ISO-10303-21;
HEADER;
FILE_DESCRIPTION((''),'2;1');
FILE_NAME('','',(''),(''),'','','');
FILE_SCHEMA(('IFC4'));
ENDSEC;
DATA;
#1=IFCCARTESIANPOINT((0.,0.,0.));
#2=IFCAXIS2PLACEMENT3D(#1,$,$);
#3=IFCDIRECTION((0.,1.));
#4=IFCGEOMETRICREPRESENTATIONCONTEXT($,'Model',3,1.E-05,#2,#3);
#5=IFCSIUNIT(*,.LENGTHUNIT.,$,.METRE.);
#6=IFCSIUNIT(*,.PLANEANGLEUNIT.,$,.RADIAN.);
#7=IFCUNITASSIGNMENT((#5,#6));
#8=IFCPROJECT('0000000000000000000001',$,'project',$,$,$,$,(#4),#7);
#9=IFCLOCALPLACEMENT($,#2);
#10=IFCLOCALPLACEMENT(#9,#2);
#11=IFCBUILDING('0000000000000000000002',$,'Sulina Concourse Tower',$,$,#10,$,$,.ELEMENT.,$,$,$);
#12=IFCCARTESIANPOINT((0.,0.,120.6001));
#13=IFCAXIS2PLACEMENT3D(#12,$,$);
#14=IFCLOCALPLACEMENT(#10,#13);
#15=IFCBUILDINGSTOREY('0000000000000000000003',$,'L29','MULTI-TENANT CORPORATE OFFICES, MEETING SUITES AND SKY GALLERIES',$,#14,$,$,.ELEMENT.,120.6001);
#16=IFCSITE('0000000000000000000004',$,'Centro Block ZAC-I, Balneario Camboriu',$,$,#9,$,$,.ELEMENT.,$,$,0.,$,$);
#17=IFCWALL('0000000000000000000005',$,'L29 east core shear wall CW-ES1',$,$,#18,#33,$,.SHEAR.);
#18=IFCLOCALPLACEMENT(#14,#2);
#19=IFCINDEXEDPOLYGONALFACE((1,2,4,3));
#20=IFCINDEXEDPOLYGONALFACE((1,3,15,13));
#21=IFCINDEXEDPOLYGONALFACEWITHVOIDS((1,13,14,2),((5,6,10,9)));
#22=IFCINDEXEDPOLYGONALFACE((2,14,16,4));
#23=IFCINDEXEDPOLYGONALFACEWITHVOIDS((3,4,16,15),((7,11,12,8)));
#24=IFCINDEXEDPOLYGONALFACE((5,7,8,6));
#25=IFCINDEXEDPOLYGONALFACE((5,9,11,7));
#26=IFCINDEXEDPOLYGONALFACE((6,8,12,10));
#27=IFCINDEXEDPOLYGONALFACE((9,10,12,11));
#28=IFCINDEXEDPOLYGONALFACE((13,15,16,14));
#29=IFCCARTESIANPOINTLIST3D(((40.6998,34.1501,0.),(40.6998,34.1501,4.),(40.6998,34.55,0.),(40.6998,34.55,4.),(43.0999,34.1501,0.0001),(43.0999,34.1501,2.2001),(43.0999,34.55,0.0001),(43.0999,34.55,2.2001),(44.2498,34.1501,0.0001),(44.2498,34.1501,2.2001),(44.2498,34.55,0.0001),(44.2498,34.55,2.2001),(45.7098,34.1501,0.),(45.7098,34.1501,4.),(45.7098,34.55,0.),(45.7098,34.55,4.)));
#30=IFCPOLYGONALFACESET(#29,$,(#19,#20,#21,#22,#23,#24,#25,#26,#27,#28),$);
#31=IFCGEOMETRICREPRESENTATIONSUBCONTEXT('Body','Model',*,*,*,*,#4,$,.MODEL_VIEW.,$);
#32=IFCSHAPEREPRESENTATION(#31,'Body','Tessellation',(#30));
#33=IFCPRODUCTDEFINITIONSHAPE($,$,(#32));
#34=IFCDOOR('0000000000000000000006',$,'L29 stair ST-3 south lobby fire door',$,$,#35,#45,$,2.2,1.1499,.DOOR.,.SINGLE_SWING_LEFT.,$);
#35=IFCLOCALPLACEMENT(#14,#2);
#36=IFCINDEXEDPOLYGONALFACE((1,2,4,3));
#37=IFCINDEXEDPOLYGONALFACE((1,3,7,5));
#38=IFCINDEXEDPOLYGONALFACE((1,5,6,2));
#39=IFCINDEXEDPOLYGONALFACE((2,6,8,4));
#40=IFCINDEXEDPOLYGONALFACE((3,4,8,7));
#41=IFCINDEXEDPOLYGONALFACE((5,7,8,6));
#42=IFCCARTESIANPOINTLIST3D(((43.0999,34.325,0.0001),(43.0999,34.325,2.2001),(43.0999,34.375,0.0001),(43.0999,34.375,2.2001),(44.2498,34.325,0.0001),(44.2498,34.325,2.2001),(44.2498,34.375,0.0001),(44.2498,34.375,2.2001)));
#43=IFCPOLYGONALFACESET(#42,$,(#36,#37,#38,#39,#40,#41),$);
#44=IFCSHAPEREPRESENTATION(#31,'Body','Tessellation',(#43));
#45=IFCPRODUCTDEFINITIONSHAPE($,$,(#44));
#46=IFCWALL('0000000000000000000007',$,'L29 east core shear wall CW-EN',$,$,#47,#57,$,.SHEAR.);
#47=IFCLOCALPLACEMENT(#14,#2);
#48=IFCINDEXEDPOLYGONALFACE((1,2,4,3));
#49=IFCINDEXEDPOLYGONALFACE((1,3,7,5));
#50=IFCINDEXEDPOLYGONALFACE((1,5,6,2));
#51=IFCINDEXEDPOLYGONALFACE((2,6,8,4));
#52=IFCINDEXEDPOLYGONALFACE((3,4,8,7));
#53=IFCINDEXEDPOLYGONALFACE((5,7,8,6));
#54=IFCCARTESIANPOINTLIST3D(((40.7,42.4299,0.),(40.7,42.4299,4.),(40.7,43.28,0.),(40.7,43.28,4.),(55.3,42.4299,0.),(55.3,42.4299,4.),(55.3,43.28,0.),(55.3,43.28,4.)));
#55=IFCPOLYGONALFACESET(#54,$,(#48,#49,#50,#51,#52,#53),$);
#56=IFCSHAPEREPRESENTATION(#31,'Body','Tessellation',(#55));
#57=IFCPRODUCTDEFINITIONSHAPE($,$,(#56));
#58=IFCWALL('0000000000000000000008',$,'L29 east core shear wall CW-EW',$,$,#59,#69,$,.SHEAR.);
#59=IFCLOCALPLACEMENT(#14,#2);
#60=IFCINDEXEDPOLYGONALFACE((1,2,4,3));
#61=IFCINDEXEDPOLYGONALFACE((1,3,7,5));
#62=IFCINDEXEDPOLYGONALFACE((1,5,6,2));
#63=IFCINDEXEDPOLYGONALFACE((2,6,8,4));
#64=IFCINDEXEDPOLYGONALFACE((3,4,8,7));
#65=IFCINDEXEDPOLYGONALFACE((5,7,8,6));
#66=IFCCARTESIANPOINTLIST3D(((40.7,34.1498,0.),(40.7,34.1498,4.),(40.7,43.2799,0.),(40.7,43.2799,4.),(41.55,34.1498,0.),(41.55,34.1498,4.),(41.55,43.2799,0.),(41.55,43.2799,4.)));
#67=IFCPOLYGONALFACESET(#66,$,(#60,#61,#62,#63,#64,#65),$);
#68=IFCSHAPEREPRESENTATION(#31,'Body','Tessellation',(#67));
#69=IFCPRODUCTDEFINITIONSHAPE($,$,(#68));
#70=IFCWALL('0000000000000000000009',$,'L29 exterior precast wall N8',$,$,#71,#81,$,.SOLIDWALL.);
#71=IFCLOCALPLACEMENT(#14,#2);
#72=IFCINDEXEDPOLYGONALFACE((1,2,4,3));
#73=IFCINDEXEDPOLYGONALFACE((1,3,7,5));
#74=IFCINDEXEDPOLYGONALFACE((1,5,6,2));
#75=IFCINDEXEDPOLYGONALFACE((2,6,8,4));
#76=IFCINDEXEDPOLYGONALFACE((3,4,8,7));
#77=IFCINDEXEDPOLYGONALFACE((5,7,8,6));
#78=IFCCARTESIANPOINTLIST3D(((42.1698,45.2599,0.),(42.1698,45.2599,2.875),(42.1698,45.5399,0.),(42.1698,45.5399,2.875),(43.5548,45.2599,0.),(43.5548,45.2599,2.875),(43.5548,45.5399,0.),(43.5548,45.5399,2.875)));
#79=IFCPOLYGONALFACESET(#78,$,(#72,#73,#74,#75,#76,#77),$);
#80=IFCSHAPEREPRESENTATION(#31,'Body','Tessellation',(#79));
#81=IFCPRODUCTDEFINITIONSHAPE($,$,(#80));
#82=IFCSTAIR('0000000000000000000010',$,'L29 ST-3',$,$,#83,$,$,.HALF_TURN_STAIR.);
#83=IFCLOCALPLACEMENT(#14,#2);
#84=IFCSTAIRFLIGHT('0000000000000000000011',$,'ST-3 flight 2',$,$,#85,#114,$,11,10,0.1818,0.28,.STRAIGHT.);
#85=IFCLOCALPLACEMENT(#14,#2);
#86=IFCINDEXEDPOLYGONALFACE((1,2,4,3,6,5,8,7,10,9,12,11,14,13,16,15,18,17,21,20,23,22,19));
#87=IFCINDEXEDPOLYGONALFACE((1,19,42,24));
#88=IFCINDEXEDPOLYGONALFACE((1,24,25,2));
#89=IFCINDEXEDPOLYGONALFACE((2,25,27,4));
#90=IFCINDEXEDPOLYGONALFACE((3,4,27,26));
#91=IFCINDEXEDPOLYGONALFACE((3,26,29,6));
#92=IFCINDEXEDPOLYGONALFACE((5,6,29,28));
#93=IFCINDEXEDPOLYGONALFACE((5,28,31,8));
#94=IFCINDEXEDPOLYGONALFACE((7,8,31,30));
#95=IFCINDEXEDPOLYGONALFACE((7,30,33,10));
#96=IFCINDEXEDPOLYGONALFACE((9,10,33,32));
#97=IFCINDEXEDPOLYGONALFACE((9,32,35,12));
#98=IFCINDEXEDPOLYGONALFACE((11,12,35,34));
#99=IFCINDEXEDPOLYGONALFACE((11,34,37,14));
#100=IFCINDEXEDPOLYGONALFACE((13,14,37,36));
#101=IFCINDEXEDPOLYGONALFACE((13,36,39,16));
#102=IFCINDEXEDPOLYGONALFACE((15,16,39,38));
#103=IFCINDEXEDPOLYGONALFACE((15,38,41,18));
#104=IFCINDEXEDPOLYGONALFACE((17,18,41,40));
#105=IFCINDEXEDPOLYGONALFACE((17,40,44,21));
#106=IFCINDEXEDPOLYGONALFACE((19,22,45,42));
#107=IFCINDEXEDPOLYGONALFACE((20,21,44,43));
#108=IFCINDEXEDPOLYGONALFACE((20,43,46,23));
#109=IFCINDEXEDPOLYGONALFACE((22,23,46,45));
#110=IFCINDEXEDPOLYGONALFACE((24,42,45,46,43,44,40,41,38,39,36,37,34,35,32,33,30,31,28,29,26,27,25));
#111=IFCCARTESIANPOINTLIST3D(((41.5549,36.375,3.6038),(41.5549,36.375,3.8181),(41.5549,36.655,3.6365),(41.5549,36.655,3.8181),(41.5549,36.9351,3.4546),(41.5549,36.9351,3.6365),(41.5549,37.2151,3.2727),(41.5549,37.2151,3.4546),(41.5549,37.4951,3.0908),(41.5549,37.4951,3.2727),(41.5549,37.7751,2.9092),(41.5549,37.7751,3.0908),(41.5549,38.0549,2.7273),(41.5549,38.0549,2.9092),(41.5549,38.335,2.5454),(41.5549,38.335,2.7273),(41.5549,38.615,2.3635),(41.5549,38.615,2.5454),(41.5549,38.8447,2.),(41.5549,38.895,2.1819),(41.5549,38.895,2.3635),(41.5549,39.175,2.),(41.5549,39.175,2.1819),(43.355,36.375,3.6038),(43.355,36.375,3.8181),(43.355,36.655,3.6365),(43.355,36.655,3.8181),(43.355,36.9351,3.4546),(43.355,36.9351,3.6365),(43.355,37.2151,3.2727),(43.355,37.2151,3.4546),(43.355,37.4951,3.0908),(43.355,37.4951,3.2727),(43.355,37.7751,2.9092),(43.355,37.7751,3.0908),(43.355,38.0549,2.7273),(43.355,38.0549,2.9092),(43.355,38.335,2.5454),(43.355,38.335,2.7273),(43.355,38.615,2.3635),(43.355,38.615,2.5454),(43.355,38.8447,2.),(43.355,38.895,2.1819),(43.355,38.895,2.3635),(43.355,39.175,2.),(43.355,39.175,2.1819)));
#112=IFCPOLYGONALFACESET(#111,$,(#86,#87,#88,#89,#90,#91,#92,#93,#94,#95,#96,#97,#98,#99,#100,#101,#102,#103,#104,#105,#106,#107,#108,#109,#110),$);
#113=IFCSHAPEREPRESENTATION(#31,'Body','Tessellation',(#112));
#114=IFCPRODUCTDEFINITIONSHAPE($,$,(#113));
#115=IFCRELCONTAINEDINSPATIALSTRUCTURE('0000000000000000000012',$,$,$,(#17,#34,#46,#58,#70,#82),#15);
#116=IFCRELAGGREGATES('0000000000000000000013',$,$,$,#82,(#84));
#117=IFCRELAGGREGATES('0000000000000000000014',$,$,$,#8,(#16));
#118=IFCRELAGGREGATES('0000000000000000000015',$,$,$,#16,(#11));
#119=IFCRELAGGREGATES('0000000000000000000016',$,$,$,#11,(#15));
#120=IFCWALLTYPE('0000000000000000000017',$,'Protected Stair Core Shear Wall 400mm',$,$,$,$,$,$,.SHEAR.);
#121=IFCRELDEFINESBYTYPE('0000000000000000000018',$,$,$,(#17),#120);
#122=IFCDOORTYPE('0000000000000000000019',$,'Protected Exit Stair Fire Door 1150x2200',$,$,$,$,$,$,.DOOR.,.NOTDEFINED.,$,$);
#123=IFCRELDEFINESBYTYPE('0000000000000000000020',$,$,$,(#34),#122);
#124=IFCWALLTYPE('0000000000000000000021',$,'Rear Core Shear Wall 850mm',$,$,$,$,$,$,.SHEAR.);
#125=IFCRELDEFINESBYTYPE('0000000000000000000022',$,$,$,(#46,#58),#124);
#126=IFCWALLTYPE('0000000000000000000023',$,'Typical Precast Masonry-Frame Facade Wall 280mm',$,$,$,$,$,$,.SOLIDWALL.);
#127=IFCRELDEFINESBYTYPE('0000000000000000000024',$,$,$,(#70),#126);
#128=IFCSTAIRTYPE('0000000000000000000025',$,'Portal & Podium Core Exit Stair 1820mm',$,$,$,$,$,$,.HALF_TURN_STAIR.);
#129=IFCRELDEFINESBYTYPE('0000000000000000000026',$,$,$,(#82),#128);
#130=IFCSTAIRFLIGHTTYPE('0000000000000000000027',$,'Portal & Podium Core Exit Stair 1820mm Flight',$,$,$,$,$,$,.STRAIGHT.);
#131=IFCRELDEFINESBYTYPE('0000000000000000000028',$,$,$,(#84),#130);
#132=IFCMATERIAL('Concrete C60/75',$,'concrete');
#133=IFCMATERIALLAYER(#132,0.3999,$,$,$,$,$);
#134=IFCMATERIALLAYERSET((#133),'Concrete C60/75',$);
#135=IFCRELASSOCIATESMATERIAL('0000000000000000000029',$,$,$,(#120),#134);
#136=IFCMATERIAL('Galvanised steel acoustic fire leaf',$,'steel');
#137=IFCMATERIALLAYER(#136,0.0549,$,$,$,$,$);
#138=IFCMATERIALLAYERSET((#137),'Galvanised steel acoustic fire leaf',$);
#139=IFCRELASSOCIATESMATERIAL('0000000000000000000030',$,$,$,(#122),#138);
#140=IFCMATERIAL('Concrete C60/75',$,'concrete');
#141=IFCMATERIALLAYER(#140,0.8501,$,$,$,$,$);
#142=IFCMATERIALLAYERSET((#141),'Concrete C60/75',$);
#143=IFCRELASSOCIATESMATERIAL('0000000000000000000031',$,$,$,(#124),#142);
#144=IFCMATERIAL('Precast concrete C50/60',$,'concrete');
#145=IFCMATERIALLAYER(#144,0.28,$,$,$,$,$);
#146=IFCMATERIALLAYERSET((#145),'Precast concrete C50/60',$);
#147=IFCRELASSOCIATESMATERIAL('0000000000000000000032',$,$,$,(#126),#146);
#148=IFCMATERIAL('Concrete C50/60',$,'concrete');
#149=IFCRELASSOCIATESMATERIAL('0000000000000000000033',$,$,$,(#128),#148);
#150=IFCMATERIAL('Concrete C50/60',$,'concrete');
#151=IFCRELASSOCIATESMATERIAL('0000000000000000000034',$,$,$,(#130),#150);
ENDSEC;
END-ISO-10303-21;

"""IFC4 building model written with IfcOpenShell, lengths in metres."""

from ifc_helpers import new_model, si_unit, direction, frame, frame_2d, origin, place, context, subcontext, project, spatial, polyline, rectangle, outline, extrude, material, layer, layer_set, type_object, element, fill, aggregate, save


model = new_model("IFC4")

# Units and contexts
model_context = context("Model", 3, precision=1e-05, world=origin(), true_north=direction((0.0, 1.0)))
body_context = subcontext(model_context, "Body", "Model", "MODEL_VIEW")
ifc_project = project(units=[si_unit("LENGTHUNIT", "METRE"), si_unit("PLANEANGLEUNIT", "RADIAN")], contexts=[model_context])

# Site, building, storey
site_placement = place(None, origin())
site = spatial("IfcSite", under=ifc_project, at=site_placement, Name="Centro Block ZAC-I, Balneario Camboriu", CompositionType="ELEMENT", RefElevation=0.0)
building_placement = place(site_placement, origin())
building = spatial("IfcBuilding", under=site, at=building_placement, Name="Sulina Concourse Tower", CompositionType="ELEMENT")
storey_placement = place(building_placement, frame((0.0, 0.0, 120.6001)))
storey = spatial("IfcBuildingStorey", under=building, at=storey_placement, Name="L29", Description="MULTI-TENANT CORPORATE OFFICES, MEETING SUITES AND SKY GALLERIES", CompositionType="ELEMENT", Elevation=120.6001)

# Wall, opening, door
ifc_material_1 = material(Name="Concrete C60/75", Category="concrete")
ifc_layer_1 = layer(ifc_material_1, 0.3999)
ifc_layer_set_1 = layer_set([ifc_layer_1], Name="Concrete C60/75")
wall_type_1 = type_object("IfcWallType", Name="Protected Stair Core Shear Wall 400mm", PredefinedType="SHEAR", material=ifc_layer_set_1)
wall_1_placement = place(storey_placement, frame((40.7, 34.3501, 0.0), z_axis=(0.0, 0.0, 1.0), x_axis=(1.0, 0.0, 0.0)))
wall_1 = element("IfcWall", 1, at=wall_1_placement, inside=storey, type_object=wall_type_1, Name="L29 east core shear wall CW-ES1", PredefinedType="SHEAR", context=body_context, shape_type="SweptSolid", body=[
    extrude(rectangle(XDim=5.01, YDim=0.3999, at=frame_2d((2.5049, 0.0))), origin(), (0.0, 0.0, 1.0), 4.0),
])
opening_placement = place(wall_1_placement, frame((2.3999, 0.0, 0.0)))
opening = element("IfcOpeningElement", 2, at=opening_placement, cuts=wall_1, PredefinedType="OPENING", context=body_context, shape_type="SweptSolid", body=[
    extrude(rectangle(XDim=1.1499, YDim=2.2, at=frame_2d((0.575, 1.1001))), frame((0.0, 0.21, 0.0), z_axis=(0.0, -1.0, 0.0), x_axis=(1.0, 0.0, 0.0)), (0.0, 0.0, 1.0), 0.4199),
])
ifc_material_2 = material(Name="Galvanised steel acoustic fire leaf", Category="steel")
ifc_layer_2 = layer(ifc_material_2, 0.0549)
ifc_layer_set_2 = layer_set([ifc_layer_2], Name="Galvanised steel acoustic fire leaf")
door_type = type_object("IfcDoorType", Name="Protected Exit Stair Fire Door 1150x2200", OperationType="NOTDEFINED", PredefinedType="DOOR", material=ifc_layer_set_2)
door_placement = place(opening_placement, origin())
door = element("IfcDoor", 3, at=door_placement, inside=storey, type_object=door_type, Name="L29 stair ST-3 south lobby fire door", OperationType="SINGLE_SWING_LEFT", OverallHeight=2.2, OverallWidth=1.1499, PredefinedType="DOOR", context=body_context, shape_type="SweptSolid", body=[
    extrude(rectangle(XDim=1.1499, YDim=2.2, at=frame_2d((0.575, 1.1001))), frame((0.0, 0.0249, 0.0), z_axis=(0.0, -1.0, 0.0), x_axis=(1.0, 0.0, 0.0)), (0.0, 0.0, 1.0), 0.05),
])
fill(opening, door)

# Walls
ifc_material_3 = material(Name="Concrete C60/75", Category="concrete")
ifc_layer_3 = layer(ifc_material_3, 0.8501)
ifc_layer_set_3 = layer_set([ifc_layer_3], Name="Concrete C60/75")
wall_type_2 = type_object("IfcWallType", Name="Rear Core Shear Wall 850mm", PredefinedType="SHEAR", material=ifc_layer_set_3)
wall_2_placement = place(storey_placement, frame((40.7, 42.855, 0.0), z_axis=(0.0, 0.0, 1.0), x_axis=(1.0, 0.0, 0.0)))
element("IfcWall", 4, at=wall_2_placement, inside=storey, type_object=wall_type_2, Name="L29 east core shear wall CW-EN", PredefinedType="SHEAR", context=body_context, shape_type="SweptSolid", body=[
    extrude(rectangle(XDim=14.6001, YDim=0.8501, at=frame_2d((7.3, 0.0))), origin(), (0.0, 0.0, 1.0), 4.0),
])
wall_3_placement = place(storey_placement, frame((41.125, 34.1499, 0.0), z_axis=(0.0, 0.0, 1.0), x_axis=(0.0, 1.0, 0.0)))
element("IfcWall", 5, at=wall_3_placement, inside=storey, type_object=wall_type_2, Name="L29 east core shear wall CW-EW", PredefinedType="SHEAR", context=body_context, shape_type="SweptSolid", body=[
    extrude(rectangle(XDim=9.1301, YDim=0.8501, at=frame_2d((4.5649, 0.0))), origin(), (0.0, 0.0, 1.0), 4.0),
])
ifc_material_4 = material(Name="Precast concrete C50/60", Category="concrete")
ifc_layer_4 = layer(ifc_material_4, 0.28)
ifc_layer_set_4 = layer_set([ifc_layer_4], Name="Precast concrete C50/60")
wall_type_3 = type_object("IfcWallType", Name="Typical Precast Masonry-Frame Facade Wall 280mm", PredefinedType="SOLIDWALL", material=ifc_layer_set_4)
wall_4_placement = place(storey_placement, frame((42.1699, 45.3999, 0.0), z_axis=(0.0, 0.0, 1.0), x_axis=(1.0, 0.0, 0.0)))
element("IfcWall", 6, at=wall_4_placement, inside=storey, type_object=wall_type_3, Name="L29 exterior precast wall N8", PredefinedType="SOLIDWALL", context=body_context, shape_type="SweptSolid", body=[
    extrude(rectangle(XDim=1.385, YDim=0.28, at=frame_2d((0.6924, 0.0))), origin(), (0.0, 0.0, 1.0), 2.875),
])

# Stair, stair flight
ifc_material_5 = material(Name="Concrete C50/60", Category="concrete")
stair_type = type_object("IfcStairType", Name="Portal & Podium Core Exit Stair 1820mm", PredefinedType="HALF_TURN_STAIR", material=ifc_material_5)
stair_placement = place(storey_placement, origin())
stair = element("IfcStair", 7, at=stair_placement, inside=storey, type_object=stair_type, Name="L29 ST-3", PredefinedType="HALF_TURN_STAIR")
ifc_material_6 = material(Name="Concrete C50/60", Category="concrete")
stair_flight_type = type_object("IfcStairFlightType", Name="Portal & Podium Core Exit Stair 1820mm Flight", PredefinedType="STRAIGHT", material=ifc_material_6)
stair_flight_placement = place(storey_placement, frame((42.4551, 39.175, 2.0), z_axis=(0.0, 0.0, 1.0), x_axis=(0.0, -1.0, 0.0)))
stair_flight = element("IfcStairFlight", 8, at=stair_flight_placement, type_object=stair_flight_type, Name="ST-3 flight 2", NumberOfRisers=11, NumberOfTreads=10, PredefinedType="STRAIGHT", RiserHeight=0.1818, TreadLength=0.28, context=body_context, shape_type="SweptSolid", body=[
    extrude(outline(polyline([(0.0, 0.0), (0.0, 0.1819), (0.28, 0.1819), (0.28, 0.3635), (0.5601, 0.3635), (0.5601, 0.5454), (0.8401, 0.5454), (0.8401, 0.7273), (1.1201, 0.7273), (1.1201, 0.9092), (1.3999, 0.9092), (1.3999, 1.0908), (1.6799, 1.0908), (1.6799, 1.2727), (1.96, 1.2727), (1.96, 1.4546), (2.24, 1.4546), (2.24, 1.6365), (2.52, 1.6365), (2.52, 1.8181), (2.8, 1.8181), (2.8, 2.0), (2.8, 1.6038), (0.3303, 0.0), (0.0, 0.0)])), frame((0.0, 0.8999, 0.0), z_axis=(0.0, -1.0, 0.0), x_axis=(1.0, 0.0, 0.0)), (0.0, 0.0, 1.0), 1.8),
])
aggregate(stair, [stair_flight])

save(model, "model.ifc")
